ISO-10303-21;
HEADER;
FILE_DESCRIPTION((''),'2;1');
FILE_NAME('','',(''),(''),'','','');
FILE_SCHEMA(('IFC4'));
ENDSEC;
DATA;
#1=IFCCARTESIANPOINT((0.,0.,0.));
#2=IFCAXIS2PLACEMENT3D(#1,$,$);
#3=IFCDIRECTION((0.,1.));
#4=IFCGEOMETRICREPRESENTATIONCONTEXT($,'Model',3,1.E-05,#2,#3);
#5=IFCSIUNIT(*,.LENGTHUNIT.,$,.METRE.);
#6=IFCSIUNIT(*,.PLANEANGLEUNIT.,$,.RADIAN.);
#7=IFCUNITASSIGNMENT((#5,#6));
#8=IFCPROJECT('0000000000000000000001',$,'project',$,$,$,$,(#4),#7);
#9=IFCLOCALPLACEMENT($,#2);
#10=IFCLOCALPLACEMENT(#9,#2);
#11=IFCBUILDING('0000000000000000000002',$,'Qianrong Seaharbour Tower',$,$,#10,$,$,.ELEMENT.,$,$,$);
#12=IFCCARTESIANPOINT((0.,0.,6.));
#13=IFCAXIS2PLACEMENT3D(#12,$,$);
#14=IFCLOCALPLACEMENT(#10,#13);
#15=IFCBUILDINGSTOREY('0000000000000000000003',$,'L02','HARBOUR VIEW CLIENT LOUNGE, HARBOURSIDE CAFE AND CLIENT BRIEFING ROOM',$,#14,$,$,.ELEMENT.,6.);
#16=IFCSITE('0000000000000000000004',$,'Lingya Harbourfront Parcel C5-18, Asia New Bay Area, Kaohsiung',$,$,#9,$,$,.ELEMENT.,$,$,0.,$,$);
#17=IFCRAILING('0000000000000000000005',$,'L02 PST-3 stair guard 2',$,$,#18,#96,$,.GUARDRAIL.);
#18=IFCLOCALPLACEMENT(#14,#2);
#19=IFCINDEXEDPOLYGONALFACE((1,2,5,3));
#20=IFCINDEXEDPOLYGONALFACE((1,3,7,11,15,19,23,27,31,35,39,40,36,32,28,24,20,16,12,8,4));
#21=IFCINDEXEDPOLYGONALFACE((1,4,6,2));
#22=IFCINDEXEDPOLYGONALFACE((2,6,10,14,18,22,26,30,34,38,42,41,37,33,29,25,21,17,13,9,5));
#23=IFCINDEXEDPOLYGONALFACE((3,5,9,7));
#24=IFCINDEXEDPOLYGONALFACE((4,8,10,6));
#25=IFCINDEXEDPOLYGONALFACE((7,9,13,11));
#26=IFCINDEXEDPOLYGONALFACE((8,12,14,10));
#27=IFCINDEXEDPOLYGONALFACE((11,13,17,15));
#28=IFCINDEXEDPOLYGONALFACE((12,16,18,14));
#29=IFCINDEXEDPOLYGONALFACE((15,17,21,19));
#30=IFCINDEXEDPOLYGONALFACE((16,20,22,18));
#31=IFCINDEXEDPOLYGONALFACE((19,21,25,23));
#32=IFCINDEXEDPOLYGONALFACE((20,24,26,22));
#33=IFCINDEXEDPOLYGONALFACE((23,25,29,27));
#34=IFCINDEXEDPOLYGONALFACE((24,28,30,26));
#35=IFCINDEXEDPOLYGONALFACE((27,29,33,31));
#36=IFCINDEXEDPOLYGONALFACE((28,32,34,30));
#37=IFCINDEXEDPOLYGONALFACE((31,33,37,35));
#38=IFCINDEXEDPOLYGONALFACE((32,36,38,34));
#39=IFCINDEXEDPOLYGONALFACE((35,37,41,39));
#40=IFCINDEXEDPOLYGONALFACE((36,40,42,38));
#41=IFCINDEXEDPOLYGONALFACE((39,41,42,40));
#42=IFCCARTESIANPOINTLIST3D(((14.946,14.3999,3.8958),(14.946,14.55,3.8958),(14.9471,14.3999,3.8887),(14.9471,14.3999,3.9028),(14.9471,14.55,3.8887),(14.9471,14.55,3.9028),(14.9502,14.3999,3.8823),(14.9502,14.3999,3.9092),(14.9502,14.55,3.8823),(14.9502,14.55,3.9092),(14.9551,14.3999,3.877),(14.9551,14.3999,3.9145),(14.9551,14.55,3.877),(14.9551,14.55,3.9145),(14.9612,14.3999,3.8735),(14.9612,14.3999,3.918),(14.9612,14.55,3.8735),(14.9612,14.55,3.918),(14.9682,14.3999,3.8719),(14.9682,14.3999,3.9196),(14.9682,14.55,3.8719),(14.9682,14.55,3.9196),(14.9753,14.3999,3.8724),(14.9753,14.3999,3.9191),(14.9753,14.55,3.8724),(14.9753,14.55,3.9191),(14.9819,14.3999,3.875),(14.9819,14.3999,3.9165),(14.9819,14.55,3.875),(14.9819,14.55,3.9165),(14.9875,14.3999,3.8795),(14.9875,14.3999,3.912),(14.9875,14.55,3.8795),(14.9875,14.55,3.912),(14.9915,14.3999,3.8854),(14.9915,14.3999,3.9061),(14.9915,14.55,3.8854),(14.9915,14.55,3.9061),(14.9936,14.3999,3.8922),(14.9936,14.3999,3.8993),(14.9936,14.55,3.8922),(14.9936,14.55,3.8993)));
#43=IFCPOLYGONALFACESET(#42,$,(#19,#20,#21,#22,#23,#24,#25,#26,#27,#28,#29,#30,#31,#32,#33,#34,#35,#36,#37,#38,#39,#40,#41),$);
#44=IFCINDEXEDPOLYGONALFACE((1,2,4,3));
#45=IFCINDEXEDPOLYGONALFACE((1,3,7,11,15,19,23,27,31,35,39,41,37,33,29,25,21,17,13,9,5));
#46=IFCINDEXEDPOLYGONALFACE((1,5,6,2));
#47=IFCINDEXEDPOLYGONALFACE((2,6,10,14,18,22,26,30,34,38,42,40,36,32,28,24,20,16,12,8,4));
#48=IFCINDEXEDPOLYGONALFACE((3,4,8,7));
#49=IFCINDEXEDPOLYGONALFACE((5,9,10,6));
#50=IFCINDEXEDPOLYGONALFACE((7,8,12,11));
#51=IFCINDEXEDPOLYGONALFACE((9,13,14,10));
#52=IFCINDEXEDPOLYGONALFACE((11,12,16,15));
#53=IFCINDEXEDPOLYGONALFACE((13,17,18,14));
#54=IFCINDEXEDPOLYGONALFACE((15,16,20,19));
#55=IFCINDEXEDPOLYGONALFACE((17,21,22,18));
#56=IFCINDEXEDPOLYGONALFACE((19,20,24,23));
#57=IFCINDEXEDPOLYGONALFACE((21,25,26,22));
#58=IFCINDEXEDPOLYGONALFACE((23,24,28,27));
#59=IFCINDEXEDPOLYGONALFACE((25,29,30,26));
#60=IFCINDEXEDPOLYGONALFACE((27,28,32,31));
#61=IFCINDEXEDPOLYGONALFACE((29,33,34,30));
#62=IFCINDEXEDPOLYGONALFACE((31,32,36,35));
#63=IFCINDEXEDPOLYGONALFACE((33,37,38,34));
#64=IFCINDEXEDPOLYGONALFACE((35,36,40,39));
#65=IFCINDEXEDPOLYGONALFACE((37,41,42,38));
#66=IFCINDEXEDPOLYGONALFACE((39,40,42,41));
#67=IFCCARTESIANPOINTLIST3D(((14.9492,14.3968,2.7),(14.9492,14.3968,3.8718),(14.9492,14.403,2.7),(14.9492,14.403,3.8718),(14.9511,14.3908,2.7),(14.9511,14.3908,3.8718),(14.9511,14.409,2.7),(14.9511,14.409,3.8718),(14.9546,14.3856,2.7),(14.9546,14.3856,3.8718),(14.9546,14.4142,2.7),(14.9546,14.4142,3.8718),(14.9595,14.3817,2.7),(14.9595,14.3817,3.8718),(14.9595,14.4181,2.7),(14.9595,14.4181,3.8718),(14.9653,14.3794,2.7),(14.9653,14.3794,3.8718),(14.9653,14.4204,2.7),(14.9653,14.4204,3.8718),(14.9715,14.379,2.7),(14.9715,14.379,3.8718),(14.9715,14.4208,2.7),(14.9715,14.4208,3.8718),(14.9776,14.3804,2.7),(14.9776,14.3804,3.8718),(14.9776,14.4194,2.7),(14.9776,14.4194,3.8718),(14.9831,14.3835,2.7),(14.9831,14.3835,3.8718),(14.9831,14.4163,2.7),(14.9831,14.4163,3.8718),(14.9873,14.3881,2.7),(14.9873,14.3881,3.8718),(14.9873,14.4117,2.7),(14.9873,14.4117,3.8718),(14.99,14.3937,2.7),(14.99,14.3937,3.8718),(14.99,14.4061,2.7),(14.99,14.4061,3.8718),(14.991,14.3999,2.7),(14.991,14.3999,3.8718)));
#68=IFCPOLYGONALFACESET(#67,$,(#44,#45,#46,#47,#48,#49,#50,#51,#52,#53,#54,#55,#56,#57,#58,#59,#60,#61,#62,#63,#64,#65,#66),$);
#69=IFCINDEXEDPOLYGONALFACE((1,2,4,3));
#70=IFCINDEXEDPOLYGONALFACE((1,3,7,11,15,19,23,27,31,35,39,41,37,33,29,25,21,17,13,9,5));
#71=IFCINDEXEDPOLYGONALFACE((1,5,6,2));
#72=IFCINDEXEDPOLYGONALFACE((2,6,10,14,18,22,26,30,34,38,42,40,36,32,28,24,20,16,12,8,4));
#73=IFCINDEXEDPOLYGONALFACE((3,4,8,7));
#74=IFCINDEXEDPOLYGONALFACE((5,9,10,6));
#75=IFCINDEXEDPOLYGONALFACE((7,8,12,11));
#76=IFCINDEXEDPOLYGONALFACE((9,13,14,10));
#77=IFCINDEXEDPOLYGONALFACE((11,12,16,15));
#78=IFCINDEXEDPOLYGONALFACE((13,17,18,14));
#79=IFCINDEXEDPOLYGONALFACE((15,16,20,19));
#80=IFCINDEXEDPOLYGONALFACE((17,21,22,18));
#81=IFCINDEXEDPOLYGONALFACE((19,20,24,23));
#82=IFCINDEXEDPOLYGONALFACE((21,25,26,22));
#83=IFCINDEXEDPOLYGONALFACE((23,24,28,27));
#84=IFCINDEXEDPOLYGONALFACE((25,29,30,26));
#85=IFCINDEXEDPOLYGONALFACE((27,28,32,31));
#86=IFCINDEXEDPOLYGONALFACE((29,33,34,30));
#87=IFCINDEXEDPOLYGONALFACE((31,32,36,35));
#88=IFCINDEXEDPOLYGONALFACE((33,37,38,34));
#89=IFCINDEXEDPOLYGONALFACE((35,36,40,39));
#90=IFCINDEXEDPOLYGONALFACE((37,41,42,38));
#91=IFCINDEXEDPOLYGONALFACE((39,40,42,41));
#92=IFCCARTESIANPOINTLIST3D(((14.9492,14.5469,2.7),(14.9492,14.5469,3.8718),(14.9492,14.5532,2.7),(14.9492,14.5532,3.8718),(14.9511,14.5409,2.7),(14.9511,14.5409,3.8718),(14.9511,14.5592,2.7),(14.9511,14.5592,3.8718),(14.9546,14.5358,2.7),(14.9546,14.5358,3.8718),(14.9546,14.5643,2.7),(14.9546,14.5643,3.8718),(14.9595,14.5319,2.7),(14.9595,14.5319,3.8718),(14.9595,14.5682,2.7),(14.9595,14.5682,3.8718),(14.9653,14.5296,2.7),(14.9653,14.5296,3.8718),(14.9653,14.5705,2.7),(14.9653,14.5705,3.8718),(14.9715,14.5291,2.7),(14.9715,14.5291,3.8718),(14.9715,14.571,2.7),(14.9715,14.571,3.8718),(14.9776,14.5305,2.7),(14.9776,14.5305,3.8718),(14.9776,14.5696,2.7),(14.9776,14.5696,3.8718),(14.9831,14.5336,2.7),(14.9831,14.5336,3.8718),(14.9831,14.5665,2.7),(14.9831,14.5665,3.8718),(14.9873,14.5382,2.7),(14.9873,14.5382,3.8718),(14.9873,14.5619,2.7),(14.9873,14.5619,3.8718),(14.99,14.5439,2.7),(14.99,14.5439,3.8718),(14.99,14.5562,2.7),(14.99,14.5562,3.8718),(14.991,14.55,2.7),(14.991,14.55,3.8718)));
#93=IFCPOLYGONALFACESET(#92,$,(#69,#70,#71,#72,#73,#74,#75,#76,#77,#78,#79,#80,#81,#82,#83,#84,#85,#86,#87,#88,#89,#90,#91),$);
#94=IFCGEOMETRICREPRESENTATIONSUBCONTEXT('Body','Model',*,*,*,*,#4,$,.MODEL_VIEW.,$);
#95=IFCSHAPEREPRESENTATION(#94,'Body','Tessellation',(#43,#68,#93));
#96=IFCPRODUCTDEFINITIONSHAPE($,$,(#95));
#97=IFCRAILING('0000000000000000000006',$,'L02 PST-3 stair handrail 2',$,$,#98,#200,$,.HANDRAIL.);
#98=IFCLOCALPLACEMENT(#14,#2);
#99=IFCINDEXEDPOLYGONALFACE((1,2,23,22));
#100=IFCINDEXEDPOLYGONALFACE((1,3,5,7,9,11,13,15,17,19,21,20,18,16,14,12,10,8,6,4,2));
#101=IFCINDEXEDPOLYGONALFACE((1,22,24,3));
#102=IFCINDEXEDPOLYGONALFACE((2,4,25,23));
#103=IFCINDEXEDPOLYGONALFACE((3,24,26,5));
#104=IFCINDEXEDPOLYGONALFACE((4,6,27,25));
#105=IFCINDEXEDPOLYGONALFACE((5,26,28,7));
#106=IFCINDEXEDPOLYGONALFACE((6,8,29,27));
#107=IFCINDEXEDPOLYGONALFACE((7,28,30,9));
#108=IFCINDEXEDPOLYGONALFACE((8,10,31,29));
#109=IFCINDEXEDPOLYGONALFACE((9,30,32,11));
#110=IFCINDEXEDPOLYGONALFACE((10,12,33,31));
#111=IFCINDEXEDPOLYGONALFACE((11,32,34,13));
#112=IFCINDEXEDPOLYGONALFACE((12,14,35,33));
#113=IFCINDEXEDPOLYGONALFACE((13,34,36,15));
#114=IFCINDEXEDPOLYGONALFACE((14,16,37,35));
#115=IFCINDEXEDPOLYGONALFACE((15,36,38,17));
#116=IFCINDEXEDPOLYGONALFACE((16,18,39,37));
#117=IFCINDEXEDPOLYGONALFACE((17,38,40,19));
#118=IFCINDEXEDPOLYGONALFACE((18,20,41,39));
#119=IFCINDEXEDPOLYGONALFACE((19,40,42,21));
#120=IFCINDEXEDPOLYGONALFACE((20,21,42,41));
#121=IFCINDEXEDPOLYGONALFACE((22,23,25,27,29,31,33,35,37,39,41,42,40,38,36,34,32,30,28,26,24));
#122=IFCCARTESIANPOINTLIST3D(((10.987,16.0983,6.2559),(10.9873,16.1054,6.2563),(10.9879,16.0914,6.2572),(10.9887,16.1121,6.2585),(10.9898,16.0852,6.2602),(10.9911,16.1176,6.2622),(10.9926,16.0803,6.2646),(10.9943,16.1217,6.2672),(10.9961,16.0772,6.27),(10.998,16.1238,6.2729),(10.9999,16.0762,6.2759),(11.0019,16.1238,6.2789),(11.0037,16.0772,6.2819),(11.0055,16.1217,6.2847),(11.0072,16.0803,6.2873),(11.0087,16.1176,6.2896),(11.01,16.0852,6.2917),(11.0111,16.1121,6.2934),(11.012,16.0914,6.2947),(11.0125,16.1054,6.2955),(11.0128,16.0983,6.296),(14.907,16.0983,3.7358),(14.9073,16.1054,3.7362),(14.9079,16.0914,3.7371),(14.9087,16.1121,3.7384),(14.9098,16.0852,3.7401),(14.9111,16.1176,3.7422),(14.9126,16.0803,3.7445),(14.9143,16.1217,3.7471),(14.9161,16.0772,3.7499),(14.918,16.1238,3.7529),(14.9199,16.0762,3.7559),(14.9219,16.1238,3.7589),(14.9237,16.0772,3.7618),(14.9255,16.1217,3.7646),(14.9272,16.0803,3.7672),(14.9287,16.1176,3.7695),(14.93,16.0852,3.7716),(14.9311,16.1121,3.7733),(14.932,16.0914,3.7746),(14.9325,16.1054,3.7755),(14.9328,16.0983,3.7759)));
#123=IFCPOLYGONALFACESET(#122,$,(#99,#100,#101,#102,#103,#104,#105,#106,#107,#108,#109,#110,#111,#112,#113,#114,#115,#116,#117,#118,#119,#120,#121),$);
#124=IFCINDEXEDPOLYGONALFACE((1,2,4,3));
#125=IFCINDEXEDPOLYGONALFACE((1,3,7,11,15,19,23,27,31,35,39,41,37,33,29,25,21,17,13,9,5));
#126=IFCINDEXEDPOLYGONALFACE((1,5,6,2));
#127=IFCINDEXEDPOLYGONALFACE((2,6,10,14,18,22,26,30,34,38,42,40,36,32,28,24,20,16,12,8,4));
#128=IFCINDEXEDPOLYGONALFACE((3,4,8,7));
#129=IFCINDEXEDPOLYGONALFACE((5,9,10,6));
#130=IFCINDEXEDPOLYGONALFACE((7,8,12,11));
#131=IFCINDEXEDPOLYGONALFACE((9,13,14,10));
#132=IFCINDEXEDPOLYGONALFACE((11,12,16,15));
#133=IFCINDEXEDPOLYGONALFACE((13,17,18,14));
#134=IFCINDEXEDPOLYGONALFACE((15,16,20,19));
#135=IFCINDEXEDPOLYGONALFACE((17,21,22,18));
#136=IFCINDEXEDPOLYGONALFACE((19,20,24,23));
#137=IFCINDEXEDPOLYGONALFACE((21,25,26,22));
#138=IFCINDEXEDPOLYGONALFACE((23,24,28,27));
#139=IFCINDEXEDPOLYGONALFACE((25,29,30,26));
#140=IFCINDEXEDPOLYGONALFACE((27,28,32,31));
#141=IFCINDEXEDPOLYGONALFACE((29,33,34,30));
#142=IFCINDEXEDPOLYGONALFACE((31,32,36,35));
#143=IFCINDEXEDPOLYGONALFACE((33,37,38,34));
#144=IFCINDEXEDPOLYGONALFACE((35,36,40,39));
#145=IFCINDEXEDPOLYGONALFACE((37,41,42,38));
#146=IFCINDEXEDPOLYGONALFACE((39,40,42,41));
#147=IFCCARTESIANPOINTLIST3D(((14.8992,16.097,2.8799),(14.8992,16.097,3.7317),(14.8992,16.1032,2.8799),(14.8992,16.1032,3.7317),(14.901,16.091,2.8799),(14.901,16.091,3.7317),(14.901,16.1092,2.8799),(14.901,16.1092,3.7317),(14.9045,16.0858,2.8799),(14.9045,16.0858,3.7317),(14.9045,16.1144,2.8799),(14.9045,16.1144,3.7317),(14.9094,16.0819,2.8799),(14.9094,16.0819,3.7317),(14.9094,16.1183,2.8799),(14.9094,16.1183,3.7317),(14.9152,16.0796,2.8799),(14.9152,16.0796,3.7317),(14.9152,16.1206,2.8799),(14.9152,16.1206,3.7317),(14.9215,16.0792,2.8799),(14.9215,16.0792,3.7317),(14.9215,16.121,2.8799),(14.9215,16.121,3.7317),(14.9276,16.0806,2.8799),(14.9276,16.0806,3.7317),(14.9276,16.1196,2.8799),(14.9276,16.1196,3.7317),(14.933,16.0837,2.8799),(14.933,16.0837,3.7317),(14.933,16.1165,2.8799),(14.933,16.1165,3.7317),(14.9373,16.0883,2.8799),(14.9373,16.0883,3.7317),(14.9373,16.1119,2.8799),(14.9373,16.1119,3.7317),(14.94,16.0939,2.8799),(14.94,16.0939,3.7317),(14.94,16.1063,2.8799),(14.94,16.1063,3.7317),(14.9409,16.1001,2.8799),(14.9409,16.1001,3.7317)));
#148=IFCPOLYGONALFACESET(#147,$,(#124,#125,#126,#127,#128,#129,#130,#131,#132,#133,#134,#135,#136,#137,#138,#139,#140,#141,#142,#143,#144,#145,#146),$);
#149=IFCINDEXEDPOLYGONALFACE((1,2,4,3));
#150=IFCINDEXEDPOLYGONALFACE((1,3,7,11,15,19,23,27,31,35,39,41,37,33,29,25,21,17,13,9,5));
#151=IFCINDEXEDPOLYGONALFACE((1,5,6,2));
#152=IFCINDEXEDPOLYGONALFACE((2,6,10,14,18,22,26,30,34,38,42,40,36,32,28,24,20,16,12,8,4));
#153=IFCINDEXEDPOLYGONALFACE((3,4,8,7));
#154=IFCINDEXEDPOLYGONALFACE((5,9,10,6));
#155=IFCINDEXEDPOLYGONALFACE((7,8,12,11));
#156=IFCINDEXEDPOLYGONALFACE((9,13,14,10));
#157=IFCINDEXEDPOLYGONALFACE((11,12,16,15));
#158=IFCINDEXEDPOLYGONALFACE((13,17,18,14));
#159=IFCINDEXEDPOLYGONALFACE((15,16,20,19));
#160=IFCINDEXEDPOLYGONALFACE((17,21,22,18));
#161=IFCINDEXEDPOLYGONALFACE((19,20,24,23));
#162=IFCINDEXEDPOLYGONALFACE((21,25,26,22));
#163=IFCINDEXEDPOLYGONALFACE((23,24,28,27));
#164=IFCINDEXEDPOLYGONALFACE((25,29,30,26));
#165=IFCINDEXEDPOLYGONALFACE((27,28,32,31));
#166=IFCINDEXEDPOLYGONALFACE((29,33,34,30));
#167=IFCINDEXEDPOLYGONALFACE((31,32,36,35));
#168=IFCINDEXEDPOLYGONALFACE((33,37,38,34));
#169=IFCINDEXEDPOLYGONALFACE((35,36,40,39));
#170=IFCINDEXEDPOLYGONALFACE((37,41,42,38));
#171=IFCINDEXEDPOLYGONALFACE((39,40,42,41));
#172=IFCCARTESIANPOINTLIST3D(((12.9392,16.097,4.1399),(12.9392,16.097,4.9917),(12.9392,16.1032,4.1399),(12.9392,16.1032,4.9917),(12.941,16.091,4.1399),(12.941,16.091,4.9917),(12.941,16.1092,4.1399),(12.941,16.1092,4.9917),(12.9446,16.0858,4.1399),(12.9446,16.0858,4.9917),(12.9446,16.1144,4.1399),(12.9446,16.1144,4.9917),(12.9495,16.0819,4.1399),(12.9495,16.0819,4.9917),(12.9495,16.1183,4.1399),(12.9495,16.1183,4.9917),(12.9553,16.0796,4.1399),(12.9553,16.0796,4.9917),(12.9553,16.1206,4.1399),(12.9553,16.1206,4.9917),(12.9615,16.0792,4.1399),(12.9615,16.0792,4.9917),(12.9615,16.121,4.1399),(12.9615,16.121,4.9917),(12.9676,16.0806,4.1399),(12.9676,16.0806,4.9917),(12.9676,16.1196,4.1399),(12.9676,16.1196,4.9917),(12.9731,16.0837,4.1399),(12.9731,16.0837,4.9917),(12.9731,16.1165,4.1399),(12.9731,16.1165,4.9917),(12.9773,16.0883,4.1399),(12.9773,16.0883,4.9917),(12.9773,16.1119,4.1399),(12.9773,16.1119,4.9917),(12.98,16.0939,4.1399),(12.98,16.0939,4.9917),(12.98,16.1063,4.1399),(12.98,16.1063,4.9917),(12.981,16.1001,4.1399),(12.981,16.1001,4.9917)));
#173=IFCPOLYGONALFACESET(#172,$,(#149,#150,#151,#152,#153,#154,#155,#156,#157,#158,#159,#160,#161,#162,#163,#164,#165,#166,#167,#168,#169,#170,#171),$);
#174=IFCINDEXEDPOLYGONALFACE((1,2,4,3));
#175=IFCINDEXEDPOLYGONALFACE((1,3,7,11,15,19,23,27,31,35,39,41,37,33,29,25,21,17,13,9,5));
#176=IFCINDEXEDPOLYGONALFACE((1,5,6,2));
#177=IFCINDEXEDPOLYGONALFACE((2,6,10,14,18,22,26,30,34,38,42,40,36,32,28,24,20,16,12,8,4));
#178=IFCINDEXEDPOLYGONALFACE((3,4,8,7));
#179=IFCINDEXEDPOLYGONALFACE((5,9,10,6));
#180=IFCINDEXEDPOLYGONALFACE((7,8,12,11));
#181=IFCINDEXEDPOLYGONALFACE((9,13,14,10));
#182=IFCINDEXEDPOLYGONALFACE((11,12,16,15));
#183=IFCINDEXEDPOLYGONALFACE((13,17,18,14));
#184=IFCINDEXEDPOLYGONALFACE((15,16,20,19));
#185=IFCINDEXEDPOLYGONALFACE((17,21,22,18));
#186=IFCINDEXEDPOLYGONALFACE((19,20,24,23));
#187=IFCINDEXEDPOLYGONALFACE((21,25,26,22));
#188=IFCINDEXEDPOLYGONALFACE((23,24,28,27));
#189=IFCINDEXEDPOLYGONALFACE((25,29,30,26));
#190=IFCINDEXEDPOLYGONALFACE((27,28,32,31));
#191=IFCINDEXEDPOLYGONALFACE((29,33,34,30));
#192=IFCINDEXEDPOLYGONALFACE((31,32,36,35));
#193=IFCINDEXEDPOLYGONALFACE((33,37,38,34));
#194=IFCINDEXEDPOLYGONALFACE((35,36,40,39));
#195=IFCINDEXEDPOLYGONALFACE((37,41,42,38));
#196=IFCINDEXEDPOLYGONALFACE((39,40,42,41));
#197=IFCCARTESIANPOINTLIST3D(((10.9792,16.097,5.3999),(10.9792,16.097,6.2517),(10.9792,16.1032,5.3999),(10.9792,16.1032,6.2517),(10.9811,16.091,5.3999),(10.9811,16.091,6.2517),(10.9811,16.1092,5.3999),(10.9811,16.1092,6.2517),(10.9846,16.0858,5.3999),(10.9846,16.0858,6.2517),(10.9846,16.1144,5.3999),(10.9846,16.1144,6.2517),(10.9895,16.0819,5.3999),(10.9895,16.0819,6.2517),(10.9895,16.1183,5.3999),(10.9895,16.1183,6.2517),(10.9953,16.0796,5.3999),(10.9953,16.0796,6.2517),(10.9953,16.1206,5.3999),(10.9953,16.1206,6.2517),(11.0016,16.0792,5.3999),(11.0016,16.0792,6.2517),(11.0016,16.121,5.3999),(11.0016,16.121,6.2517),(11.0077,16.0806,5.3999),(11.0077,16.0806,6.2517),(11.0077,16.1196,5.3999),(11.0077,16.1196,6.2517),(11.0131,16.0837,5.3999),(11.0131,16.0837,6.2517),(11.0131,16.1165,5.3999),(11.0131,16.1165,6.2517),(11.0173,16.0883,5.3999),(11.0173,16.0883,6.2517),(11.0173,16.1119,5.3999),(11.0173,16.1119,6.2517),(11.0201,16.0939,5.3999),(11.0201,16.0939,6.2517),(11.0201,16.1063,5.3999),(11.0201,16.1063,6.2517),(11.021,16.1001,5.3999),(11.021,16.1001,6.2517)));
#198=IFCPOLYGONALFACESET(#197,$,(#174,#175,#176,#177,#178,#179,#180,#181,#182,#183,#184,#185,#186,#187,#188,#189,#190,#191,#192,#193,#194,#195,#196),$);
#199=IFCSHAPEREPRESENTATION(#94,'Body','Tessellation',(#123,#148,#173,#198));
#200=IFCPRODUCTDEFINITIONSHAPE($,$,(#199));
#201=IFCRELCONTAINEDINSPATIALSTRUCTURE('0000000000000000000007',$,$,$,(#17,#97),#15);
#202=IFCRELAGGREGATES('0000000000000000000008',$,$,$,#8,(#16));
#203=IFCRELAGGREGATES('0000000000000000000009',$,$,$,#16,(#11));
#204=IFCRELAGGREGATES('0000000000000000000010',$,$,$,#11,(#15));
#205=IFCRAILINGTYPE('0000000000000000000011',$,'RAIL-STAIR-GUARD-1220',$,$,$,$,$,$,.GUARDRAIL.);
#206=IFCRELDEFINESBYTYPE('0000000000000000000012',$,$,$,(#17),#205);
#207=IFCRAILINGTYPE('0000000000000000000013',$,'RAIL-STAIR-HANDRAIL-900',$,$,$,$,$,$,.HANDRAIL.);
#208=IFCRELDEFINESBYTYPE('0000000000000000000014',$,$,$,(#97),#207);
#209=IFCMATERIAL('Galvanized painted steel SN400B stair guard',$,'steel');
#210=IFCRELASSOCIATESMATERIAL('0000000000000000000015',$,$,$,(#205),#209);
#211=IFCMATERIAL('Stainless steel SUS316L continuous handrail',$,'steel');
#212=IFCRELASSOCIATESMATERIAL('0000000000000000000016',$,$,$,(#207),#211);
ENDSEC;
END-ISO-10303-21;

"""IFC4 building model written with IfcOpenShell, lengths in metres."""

from ifc_helpers import new_model, si_unit, direction, frame, origin, origin_2d, place, context, subcontext, project, spatial, circle, extrude, material, type_object, element, save


model = new_model("IFC4")

# Units and contexts
model_context = context("Model", 3, precision=1e-05, world=origin(), true_north=direction((0.0, 1.0)))
body_context = subcontext(model_context, "Body", "Model", "MODEL_VIEW")
ifc_project = project(units=[si_unit("LENGTHUNIT", "METRE"), si_unit("PLANEANGLEUNIT", "RADIAN")], contexts=[model_context])

# Site, building, storey
site_placement = place(None, origin())
site = spatial("IfcSite", under=ifc_project, at=site_placement, Name="Lingya Harbourfront Parcel C5-18, Asia New Bay Area, Kaohsiung", CompositionType="ELEMENT", RefElevation=0.0)
building_placement = place(site_placement, origin())
building = spatial("IfcBuilding", under=site, at=building_placement, Name="Qianrong Seaharbour Tower", CompositionType="ELEMENT")
storey_placement = place(building_placement, frame((0.0, 0.0, 6.0)))
storey = spatial("IfcBuildingStorey", under=building, at=storey_placement, Name="L02", Description="HARBOUR VIEW CLIENT LOUNGE, HARBOURSIDE CAFE AND CLIENT BRIEFING ROOM", CompositionType="ELEMENT", Elevation=6.0)

# Railings
ifc_material_1 = material(Name="Galvanized painted steel SN400B stair guard", Category="steel")
railing_type_1 = type_object("IfcRailingType", Name="RAIL-STAIR-GUARD-1220", PredefinedType="GUARDRAIL", material=ifc_material_1)
railing_1_placement = place(storey_placement, frame((14.97, 14.3999, 2.7)))
element("IfcRailing", 1, at=railing_1_placement, inside=storey, type_object=railing_type_1, Name="L02 PST-3 stair guard 2", PredefinedType="GUARDRAIL", context=body_context, shape_type="SweptSolid", body=[
    extrude(circle(Radius=0.0239, at=origin_2d()), frame((0.0, 0.0, 1.1958), z_axis=(0.0, 1.0, 0.0), x_axis=(-1.0, 0.0, 0.0)), (0.0, 0.0, 1.0), 0.1501),
    extrude(circle(Radius=0.021, at=origin_2d()), origin(), (0.0, 0.0, 1.0), 1.1719),
    extrude(circle(Radius=0.021, at=origin_2d()), frame((0.0, 0.1501, 0.0)), (0.0, 0.0, 1.0), 1.1719),
])
ifc_material_2 = material(Name="Stainless steel SUS316L continuous handrail", Category="steel")
railing_type_2 = type_object("IfcRailingType", Name="RAIL-STAIR-HANDRAIL-900", PredefinedType="HANDRAIL", material=ifc_material_2)
railing_2_placement = place(storey_placement, frame((14.9199, 16.1001, 2.8799)))
element("IfcRailing", 2, at=railing_2_placement, inside=storey, type_object=railing_type_2, Name="L02 PST-3 stair handrail 2", PredefinedType="HANDRAIL", context=body_context, shape_type="SweptSolid", body=[
    extrude(circle(Radius=0.0239, at=origin_2d()), frame((0.0, 0.0, 0.876), z_axis=(-0.841172, 0.0, 0.540768), x_axis=(0.0, -1.0, 0.0)), (0.0, 0.0, 1.0), 4.6602),
    extrude(circle(Radius=0.021, at=origin_2d()), origin(), (0.0, 0.0, 1.0), 0.8518),
    extrude(circle(Radius=0.021, at=origin_2d()), frame((-1.96, 0.0, 1.26)), (0.0, 0.0, 1.0), 0.8518),
    extrude(circle(Radius=0.021, at=origin_2d()), frame((-3.9199, 0.0, 2.52)), (0.0, 0.0, 1.0), 0.8518),
])

save(model, "model.ifc")
